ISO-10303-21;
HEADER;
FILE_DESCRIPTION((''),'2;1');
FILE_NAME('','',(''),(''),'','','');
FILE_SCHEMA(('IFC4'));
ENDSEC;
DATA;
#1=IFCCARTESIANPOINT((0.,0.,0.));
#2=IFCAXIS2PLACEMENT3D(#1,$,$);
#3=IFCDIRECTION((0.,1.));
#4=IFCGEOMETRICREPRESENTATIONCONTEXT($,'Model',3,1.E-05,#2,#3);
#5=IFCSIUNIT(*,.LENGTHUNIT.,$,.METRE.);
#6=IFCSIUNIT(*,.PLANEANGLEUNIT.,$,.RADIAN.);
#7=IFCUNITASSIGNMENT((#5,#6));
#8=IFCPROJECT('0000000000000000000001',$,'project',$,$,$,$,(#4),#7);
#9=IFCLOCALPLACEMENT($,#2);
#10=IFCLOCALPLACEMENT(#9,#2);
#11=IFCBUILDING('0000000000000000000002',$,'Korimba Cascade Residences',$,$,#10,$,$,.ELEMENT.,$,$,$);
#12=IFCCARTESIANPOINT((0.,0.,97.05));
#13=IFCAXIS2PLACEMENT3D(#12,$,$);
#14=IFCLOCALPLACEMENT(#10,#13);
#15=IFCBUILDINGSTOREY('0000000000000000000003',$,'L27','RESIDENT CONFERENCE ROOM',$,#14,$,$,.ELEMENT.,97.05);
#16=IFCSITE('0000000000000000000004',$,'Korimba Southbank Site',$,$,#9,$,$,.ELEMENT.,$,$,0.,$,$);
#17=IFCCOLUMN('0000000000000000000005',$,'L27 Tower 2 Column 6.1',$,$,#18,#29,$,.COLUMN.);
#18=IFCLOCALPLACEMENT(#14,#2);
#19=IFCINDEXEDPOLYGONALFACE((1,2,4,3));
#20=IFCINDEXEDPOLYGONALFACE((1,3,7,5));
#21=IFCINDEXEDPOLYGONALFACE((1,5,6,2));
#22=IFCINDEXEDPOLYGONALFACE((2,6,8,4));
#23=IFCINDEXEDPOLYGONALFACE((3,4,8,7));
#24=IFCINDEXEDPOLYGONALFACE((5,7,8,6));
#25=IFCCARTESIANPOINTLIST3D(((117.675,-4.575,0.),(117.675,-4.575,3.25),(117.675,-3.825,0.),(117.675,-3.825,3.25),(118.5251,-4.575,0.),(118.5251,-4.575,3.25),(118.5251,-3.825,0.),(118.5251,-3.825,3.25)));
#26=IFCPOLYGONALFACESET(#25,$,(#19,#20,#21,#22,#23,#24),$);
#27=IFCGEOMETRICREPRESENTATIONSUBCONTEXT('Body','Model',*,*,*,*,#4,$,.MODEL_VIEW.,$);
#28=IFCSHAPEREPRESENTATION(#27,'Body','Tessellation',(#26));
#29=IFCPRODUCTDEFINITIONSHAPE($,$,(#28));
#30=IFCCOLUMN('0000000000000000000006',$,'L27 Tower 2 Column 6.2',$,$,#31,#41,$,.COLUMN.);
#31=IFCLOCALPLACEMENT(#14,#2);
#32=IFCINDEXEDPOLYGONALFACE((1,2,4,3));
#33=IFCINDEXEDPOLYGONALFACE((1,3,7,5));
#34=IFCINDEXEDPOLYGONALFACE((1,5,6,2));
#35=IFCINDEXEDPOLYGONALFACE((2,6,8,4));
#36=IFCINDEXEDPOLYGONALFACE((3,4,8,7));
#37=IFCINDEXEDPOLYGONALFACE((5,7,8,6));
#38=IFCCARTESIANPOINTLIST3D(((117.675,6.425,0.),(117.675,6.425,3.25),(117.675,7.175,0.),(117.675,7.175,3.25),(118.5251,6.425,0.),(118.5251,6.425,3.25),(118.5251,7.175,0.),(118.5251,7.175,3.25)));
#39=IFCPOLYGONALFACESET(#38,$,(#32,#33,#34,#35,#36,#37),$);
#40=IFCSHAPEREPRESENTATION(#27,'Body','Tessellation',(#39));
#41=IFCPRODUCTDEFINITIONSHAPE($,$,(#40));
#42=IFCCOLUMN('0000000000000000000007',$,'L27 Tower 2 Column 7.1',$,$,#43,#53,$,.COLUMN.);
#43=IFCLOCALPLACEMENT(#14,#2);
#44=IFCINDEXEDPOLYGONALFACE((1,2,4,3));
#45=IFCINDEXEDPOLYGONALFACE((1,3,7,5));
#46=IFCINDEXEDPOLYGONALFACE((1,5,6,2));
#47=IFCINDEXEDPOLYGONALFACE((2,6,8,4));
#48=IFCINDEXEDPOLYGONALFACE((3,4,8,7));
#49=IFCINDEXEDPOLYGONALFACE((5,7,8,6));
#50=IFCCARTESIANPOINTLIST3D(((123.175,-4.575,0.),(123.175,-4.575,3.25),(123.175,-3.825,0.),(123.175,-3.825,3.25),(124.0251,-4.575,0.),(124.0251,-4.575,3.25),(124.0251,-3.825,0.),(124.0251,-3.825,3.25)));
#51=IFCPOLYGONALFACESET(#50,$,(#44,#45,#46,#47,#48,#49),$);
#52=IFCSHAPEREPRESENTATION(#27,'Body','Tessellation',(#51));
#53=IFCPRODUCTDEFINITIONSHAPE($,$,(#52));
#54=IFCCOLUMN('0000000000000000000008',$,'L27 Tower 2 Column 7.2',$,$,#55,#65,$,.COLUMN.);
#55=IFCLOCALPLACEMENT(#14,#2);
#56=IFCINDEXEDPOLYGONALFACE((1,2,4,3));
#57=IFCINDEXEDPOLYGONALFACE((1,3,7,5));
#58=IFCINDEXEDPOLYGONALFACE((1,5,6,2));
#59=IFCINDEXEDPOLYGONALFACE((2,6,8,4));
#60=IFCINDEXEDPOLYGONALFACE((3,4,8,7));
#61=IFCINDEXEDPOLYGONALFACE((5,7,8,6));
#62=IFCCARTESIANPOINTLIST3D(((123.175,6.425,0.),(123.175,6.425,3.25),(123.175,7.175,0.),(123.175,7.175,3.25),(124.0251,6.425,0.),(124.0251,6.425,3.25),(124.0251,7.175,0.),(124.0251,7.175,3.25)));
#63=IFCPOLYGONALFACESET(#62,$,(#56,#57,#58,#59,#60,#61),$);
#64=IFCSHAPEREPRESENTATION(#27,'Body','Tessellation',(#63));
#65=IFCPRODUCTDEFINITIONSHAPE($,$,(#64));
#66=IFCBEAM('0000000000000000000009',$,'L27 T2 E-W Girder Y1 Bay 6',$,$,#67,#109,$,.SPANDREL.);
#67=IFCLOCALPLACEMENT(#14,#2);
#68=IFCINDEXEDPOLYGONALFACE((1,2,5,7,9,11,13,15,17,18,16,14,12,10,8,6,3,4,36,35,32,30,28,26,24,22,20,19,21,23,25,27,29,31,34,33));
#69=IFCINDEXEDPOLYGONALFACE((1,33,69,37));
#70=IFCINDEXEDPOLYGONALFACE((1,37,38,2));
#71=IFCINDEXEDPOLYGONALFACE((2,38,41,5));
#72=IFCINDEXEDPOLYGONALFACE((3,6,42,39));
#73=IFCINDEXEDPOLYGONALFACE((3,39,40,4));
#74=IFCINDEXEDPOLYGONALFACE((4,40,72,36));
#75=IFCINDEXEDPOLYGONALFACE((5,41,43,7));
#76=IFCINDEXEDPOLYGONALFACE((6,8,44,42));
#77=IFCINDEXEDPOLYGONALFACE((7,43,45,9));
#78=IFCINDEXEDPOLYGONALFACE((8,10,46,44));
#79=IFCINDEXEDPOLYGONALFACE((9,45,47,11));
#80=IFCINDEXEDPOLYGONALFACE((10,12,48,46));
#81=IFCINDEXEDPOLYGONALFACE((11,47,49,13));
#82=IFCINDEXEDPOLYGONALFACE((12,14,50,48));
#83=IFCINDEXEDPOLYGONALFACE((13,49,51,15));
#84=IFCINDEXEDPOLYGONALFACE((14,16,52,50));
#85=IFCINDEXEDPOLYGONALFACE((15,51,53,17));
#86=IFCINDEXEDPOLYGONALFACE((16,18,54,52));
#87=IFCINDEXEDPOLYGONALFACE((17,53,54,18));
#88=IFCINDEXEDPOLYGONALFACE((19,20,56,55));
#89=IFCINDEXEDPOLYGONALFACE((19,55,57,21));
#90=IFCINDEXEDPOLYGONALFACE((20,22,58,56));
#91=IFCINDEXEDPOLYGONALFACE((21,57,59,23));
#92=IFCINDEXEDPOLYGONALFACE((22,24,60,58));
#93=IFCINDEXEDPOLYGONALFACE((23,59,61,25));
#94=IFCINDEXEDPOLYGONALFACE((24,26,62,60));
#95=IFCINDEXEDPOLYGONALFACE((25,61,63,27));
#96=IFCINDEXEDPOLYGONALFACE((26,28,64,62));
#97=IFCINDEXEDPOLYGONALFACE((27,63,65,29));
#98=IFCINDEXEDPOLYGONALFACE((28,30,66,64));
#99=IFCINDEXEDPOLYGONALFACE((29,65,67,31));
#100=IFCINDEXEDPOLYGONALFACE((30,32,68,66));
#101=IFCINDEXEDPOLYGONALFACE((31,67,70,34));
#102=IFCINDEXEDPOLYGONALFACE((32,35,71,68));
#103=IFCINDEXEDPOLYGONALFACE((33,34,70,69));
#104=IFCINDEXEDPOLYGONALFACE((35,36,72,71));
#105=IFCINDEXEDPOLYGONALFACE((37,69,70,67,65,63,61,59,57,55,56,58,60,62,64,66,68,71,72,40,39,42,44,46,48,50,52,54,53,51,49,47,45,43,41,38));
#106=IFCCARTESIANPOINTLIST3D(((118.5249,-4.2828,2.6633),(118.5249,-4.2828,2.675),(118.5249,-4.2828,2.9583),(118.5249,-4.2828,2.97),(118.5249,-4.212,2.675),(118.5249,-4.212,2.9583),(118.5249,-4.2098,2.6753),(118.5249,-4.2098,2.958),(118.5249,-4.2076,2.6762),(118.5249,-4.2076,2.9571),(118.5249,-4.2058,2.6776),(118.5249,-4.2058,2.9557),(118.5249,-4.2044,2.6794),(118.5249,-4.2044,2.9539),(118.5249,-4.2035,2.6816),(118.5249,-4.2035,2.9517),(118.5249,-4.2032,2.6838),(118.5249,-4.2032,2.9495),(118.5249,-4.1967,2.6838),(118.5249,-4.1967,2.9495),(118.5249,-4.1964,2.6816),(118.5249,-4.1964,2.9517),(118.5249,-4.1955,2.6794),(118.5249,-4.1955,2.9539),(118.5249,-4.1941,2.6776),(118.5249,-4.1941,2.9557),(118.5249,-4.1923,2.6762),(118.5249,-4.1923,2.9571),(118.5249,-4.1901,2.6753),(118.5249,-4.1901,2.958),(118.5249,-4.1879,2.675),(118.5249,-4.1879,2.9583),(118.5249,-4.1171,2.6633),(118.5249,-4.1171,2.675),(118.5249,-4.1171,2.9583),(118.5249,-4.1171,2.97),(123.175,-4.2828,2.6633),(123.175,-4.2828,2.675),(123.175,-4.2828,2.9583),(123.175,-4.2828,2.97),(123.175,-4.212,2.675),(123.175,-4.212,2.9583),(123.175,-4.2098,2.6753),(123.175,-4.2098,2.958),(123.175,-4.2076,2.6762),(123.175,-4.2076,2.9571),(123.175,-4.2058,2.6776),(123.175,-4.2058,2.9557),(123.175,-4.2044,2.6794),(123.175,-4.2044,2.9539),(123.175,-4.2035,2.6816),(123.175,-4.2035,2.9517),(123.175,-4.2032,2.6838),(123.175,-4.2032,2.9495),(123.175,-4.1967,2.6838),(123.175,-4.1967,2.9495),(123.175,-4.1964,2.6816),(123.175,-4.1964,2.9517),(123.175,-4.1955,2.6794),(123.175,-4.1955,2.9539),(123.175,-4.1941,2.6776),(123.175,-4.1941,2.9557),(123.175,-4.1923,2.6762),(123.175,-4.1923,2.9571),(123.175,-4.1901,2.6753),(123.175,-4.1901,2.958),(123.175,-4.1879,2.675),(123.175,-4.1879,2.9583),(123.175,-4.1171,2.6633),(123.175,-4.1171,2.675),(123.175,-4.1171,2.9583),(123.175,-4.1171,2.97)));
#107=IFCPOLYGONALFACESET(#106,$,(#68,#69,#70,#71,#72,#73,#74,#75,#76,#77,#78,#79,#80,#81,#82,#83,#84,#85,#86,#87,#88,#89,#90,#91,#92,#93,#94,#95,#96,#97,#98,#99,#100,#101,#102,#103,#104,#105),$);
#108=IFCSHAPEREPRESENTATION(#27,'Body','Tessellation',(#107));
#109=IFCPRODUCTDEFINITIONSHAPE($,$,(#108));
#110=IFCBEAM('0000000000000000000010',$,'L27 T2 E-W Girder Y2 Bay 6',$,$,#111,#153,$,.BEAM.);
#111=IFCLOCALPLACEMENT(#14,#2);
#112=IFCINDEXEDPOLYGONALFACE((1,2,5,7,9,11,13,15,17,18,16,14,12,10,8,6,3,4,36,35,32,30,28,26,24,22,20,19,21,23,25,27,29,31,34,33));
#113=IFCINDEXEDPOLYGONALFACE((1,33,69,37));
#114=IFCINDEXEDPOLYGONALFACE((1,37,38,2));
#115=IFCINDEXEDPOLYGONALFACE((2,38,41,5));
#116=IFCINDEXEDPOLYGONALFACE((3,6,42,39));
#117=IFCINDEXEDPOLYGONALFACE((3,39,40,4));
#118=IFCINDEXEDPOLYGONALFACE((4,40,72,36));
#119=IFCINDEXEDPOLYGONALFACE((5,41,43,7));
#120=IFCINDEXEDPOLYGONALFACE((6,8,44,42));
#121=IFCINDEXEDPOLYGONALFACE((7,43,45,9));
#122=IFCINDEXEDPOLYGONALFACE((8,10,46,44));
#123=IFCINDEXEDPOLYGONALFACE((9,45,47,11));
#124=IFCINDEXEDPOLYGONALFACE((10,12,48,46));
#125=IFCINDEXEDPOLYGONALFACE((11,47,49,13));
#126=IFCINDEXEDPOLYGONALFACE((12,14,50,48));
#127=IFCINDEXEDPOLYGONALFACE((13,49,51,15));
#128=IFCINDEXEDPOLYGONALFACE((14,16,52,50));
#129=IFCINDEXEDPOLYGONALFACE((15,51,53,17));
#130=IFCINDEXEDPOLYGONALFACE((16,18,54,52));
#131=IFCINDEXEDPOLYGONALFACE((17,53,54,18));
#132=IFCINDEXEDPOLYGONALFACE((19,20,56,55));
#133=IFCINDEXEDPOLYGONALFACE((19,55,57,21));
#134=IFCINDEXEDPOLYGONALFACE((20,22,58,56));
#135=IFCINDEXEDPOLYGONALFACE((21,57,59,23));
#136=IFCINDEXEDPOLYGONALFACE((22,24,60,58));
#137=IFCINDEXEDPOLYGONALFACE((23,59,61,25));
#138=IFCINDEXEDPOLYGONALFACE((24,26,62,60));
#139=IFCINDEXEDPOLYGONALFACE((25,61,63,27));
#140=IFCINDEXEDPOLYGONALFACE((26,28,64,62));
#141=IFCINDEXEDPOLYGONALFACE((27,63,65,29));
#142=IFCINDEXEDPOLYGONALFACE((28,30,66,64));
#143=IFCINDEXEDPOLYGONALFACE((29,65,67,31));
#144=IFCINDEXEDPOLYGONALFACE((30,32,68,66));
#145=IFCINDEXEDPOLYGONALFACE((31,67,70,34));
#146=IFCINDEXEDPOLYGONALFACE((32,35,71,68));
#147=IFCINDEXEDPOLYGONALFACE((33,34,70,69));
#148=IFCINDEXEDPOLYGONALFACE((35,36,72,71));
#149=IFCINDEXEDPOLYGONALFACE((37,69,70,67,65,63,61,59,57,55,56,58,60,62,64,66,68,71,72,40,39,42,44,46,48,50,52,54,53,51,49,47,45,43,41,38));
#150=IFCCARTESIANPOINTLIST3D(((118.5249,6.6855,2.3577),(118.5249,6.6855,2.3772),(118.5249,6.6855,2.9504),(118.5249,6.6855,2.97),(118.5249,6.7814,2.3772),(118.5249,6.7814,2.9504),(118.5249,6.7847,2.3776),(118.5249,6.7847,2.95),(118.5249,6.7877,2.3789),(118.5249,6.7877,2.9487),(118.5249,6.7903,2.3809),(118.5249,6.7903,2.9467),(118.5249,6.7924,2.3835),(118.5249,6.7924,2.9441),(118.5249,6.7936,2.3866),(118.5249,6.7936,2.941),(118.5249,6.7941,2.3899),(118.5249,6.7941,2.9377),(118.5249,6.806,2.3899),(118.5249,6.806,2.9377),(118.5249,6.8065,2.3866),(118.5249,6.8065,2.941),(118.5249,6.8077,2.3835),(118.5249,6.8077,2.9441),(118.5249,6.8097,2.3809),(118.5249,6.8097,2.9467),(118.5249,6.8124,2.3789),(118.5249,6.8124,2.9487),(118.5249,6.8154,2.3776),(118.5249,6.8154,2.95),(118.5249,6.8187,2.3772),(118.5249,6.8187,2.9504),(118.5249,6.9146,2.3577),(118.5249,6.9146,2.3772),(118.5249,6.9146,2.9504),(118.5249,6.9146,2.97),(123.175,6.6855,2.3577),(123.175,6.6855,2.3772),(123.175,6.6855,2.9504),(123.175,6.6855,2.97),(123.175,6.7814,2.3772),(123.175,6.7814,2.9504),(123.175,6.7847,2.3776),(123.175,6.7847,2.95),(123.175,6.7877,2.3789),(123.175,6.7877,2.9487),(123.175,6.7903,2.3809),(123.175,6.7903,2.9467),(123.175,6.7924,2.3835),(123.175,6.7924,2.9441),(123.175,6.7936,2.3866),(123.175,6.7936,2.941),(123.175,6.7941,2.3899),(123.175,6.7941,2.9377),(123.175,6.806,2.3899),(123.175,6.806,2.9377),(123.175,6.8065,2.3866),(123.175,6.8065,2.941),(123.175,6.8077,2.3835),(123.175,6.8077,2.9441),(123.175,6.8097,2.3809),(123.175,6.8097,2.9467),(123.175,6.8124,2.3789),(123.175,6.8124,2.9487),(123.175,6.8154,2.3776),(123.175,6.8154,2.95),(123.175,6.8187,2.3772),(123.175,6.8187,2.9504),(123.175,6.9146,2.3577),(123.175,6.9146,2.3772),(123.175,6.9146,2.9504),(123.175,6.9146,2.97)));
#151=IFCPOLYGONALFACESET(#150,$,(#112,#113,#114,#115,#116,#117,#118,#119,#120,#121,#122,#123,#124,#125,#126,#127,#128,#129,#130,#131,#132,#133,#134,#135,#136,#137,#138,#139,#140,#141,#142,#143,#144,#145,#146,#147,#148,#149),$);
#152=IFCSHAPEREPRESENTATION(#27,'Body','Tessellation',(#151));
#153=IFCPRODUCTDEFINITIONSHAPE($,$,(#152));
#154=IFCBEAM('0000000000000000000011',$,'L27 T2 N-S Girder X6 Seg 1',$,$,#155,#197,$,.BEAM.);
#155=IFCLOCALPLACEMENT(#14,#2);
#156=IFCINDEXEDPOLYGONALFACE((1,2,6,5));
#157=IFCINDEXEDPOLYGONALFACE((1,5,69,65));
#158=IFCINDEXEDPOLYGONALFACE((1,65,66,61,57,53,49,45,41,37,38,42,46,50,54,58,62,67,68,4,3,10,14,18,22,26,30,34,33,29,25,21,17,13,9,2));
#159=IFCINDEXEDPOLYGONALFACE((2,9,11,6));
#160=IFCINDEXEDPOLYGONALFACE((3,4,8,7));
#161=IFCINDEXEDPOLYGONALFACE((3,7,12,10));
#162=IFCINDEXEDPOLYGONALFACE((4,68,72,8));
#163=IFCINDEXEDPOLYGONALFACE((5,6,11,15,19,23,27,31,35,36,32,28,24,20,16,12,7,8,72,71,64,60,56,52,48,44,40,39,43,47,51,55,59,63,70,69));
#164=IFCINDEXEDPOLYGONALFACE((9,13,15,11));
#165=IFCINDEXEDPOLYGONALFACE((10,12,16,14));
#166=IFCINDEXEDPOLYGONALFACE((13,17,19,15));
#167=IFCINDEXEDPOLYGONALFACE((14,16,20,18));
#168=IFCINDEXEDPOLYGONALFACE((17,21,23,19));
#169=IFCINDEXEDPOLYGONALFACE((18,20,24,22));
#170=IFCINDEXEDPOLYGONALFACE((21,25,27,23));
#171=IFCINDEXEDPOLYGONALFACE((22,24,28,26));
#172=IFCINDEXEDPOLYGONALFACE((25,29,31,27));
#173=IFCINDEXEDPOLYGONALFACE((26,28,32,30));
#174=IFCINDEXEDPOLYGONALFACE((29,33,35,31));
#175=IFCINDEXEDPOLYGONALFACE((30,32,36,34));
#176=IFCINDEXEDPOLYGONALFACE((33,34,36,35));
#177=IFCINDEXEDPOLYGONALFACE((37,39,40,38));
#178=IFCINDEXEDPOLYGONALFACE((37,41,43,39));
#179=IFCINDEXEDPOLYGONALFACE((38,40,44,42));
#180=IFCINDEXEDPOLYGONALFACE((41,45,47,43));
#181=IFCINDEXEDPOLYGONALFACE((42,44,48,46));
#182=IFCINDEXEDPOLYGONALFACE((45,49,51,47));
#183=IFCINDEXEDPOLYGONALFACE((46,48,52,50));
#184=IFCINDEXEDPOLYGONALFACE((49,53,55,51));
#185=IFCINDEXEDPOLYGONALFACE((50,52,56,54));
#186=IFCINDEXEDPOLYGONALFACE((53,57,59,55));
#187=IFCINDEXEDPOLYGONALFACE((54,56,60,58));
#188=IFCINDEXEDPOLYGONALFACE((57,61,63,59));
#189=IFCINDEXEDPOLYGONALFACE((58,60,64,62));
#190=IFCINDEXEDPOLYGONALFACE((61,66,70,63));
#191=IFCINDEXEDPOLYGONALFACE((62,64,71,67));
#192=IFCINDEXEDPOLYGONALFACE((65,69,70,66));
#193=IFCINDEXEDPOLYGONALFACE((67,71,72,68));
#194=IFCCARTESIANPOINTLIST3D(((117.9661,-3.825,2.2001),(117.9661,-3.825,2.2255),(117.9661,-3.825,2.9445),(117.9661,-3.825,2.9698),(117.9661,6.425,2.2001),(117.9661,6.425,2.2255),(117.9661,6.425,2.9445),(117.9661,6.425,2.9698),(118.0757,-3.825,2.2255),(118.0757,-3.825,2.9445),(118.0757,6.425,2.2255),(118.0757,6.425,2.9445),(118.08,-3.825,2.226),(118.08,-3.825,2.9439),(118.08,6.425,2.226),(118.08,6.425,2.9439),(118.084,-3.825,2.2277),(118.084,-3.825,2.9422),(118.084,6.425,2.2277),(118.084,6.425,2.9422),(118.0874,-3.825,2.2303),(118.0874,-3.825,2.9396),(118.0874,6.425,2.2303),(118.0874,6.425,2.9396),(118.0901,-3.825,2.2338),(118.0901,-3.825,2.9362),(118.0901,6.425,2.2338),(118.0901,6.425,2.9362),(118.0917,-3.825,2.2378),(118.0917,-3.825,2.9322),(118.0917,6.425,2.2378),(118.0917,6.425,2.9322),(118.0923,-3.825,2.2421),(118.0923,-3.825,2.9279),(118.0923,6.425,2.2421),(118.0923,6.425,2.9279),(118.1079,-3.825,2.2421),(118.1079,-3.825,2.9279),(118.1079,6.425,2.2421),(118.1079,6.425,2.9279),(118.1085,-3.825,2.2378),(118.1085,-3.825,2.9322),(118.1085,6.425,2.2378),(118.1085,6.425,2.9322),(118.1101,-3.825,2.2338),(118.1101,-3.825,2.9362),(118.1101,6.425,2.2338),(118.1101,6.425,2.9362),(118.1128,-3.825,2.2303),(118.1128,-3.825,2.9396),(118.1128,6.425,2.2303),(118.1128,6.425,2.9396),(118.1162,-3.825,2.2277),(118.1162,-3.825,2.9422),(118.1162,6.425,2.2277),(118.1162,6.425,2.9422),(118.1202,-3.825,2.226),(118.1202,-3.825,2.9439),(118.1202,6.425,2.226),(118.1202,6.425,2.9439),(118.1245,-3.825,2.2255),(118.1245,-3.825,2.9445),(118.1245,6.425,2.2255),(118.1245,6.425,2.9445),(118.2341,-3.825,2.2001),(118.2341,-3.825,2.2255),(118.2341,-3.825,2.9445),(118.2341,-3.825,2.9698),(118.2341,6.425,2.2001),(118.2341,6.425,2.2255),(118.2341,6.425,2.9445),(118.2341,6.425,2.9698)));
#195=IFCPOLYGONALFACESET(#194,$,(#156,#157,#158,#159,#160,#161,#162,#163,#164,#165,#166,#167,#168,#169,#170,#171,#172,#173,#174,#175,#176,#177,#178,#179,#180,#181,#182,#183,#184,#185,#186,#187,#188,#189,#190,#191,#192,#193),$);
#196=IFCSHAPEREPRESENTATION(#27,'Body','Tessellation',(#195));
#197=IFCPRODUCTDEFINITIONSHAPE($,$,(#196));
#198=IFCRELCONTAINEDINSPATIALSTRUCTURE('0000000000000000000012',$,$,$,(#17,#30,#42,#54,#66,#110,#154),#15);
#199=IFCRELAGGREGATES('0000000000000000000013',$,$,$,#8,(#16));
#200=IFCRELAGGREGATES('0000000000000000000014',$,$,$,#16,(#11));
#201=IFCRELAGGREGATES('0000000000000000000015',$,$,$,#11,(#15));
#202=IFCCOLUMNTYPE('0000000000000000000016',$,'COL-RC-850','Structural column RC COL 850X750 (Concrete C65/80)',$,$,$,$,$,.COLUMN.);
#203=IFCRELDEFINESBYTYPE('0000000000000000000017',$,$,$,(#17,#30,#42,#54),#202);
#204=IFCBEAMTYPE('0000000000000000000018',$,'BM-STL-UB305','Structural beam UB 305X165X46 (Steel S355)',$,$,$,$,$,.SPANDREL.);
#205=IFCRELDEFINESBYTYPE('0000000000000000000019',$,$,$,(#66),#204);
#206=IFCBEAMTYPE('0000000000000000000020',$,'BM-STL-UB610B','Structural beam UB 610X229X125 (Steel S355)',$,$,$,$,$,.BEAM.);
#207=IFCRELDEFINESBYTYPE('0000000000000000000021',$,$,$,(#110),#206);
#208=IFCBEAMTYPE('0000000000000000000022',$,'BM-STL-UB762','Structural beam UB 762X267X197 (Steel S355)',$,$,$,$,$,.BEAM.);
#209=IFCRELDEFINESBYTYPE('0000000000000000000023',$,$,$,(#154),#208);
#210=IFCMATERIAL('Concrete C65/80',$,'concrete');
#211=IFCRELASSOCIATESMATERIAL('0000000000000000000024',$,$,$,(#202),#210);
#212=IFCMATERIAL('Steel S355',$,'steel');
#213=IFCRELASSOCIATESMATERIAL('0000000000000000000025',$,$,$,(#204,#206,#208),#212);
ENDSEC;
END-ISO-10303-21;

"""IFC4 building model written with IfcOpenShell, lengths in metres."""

from ifc_helpers import new_model, si_unit, direction, frame, origin, origin_2d, place, context, subcontext, project, spatial, rectangle, i_section, extrude, material, material_profile, profile_set, type_object, element, save


model = new_model("IFC4")

# Units and contexts
model_context = context("Model", 3, precision=1e-05, world=origin(), true_north=direction((0.0, 1.0)))
body_context = subcontext(model_context, "Body", "Model", "MODEL_VIEW")
ifc_project = project(units=[si_unit("LENGTHUNIT", "METRE"), si_unit("PLANEANGLEUNIT", "RADIAN")], contexts=[model_context])

# Site, building, storey
site_placement = place(None, origin())
site = spatial("IfcSite", under=ifc_project, at=site_placement, Name="Korimba Southbank Site", CompositionType="ELEMENT", RefElevation=0.0)
building_placement = place(site_placement, origin())
building = spatial("IfcBuilding", under=site, at=building_placement, Name="Korimba Cascade Residences", CompositionType="ELEMENT")
storey_placement = place(building_placement, frame((0.0, 0.0, 97.05)))
storey = spatial("IfcBuildingStorey", under=building, at=storey_placement, Name="L27", Description="RESIDENT CONFERENCE ROOM", CompositionType="ELEMENT", Elevation=97.05)

# Columns
ifc_material_1 = material(Name="Concrete C65/80", Category="concrete")
ifc_material_profile_1 = material_profile(ifc_material_1, rectangle(XDim=0.8501, YDim=0.75, at=origin_2d()), Name="Concrete C65/80")
ifc_profile_set_1 = profile_set([ifc_material_profile_1], Name="Concrete C65/80")
column_type = type_object("IfcColumnType", Name="COL-RC-850", Description="Structural column RC COL 850X750 (Concrete C65/80)", PredefinedType="COLUMN", material=ifc_profile_set_1)
for number, where, z_axis, x_axis, name in (
    (1, (118.1001, -4.2, 0.0), (0.0, 0.0, 1.0), (1.0, 0.0, 0.0), "L27 Tower 2 Column 6.1"),
    (2, (118.1001, 6.8, 0.0), (0.0, 0.0, 1.0), (1.0, 0.0, 0.0), "L27 Tower 2 Column 6.2"),
    (3, (123.6001, -4.2, 0.0), (0.0, 0.0, 1.0), (1.0, 0.0, 0.0), "L27 Tower 2 Column 7.1"),
    (4, (123.6001, 6.8, 0.0), (0.0, 0.0, 1.0), (1.0, 0.0, 0.0), "L27 Tower 2 Column 7.2"),
):
    element("IfcColumn", number, at=place(storey_placement, frame(where, z_axis=z_axis, x_axis=x_axis)), inside=storey, type_object=column_type, Name=name, PredefinedType="COLUMN", context=body_context, shape_type="SweptSolid", body=[
        extrude(rectangle(XDim=0.8501, YDim=0.75, at=origin_2d()), origin(), (0.0, 0.0, 1.0), 3.25),
    ])

# Beams
ifc_material_2 = material(Name="Steel S355", Category="steel")
ifc_material_profile_2 = material_profile(ifc_material_2, i_section(OverallWidth=0.1658, OverallDepth=0.3066, WebThickness=0.0066, FlangeThickness=0.0117, FilletRadius=0.0088, at=origin_2d()), Name="Steel S355")
ifc_profile_set_2 = profile_set([ifc_material_profile_2], Name="Steel S355")
beam_type_1 = type_object("IfcBeamType", Name="BM-STL-UB305", Description="Structural beam UB 305X165X46 (Steel S355)", PredefinedType="SPANDREL", material=ifc_profile_set_2)
beam_1_placement = place(storey_placement, frame((118.5249, -4.2, 2.8167), z_axis=(1.0, 0.0, 0.0), x_axis=(0.0, 1.0, 0.0)))
element("IfcBeam", 5, at=beam_1_placement, inside=storey, type_object=beam_type_1, Name="L27 T2 E-W Girder Y1 Bay 6", PredefinedType="SPANDREL", context=body_context, shape_type="SweptSolid", body=[
    extrude(i_section(OverallWidth=0.1658, OverallDepth=0.3066, WebThickness=0.0066, FlangeThickness=0.0117, FilletRadius=0.0088, at=origin_2d()), origin(), (0.0, 0.0, 1.0), 4.6501),
])
ifc_material_profile_3 = material_profile(ifc_material_2, i_section(OverallWidth=0.229, OverallDepth=0.6123, WebThickness=0.012, FlangeThickness=0.0195, FilletRadius=0.0127, at=origin_2d()), Name="Steel S355")
ifc_profile_set_3 = profile_set([ifc_material_profile_3], Name="Steel S355")
beam_type_2 = type_object("IfcBeamType", Name="BM-STL-UB610B", Description="Structural beam UB 610X229X125 (Steel S355)", PredefinedType="BEAM", material=ifc_profile_set_3)
beam_2_placement = place(storey_placement, frame((118.5249, 6.8, 2.6638), z_axis=(1.0, 0.0, 0.0), x_axis=(0.0, 1.0, 0.0)))
element("IfcBeam", 6, at=beam_2_placement, inside=storey, type_object=beam_type_2, Name="L27 T2 E-W Girder Y2 Bay 6", PredefinedType="BEAM", context=body_context, shape_type="SweptSolid", body=[
    extrude(i_section(OverallWidth=0.229, OverallDepth=0.6123, WebThickness=0.012, FlangeThickness=0.0195, FilletRadius=0.0127, at=origin_2d()), origin(), (0.0, 0.0, 1.0), 4.6501),
])
ifc_material_profile_4 = material_profile(ifc_material_2, i_section(OverallWidth=0.2681, OverallDepth=0.7698, WebThickness=0.0156, FlangeThickness=0.0254, FilletRadius=0.0166, at=origin_2d()), Name="Steel S355")
ifc_profile_set_4 = profile_set([ifc_material_profile_4], Name="Steel S355")
beam_type_3 = type_object("IfcBeamType", Name="BM-STL-UB762", Description="Structural beam UB 762X267X197 (Steel S355)", PredefinedType="BEAM", material=ifc_profile_set_4)
for number, where, z_axis, x_axis, name in (
    (7, (118.1001, -3.825, 2.585), (0.0, 1.0, 0.0), (-1.0, 0.0, 0.0), "L27 T2 N-S Girder X6 Seg 1"),
):
    element("IfcBeam", number, at=place(storey_placement, frame(where, z_axis=z_axis, x_axis=x_axis)), inside=storey, type_object=beam_type_3, Name=name, PredefinedType="BEAM", context=body_context, shape_type="SweptSolid", body=[
        extrude(i_section(OverallWidth=0.2681, OverallDepth=0.7698, WebThickness=0.0156, FlangeThickness=0.0254, FilletRadius=0.0166, at=origin_2d()), origin(), (0.0, 0.0, 1.0), 10.25),
    ])

save(model, "model.ifc")
